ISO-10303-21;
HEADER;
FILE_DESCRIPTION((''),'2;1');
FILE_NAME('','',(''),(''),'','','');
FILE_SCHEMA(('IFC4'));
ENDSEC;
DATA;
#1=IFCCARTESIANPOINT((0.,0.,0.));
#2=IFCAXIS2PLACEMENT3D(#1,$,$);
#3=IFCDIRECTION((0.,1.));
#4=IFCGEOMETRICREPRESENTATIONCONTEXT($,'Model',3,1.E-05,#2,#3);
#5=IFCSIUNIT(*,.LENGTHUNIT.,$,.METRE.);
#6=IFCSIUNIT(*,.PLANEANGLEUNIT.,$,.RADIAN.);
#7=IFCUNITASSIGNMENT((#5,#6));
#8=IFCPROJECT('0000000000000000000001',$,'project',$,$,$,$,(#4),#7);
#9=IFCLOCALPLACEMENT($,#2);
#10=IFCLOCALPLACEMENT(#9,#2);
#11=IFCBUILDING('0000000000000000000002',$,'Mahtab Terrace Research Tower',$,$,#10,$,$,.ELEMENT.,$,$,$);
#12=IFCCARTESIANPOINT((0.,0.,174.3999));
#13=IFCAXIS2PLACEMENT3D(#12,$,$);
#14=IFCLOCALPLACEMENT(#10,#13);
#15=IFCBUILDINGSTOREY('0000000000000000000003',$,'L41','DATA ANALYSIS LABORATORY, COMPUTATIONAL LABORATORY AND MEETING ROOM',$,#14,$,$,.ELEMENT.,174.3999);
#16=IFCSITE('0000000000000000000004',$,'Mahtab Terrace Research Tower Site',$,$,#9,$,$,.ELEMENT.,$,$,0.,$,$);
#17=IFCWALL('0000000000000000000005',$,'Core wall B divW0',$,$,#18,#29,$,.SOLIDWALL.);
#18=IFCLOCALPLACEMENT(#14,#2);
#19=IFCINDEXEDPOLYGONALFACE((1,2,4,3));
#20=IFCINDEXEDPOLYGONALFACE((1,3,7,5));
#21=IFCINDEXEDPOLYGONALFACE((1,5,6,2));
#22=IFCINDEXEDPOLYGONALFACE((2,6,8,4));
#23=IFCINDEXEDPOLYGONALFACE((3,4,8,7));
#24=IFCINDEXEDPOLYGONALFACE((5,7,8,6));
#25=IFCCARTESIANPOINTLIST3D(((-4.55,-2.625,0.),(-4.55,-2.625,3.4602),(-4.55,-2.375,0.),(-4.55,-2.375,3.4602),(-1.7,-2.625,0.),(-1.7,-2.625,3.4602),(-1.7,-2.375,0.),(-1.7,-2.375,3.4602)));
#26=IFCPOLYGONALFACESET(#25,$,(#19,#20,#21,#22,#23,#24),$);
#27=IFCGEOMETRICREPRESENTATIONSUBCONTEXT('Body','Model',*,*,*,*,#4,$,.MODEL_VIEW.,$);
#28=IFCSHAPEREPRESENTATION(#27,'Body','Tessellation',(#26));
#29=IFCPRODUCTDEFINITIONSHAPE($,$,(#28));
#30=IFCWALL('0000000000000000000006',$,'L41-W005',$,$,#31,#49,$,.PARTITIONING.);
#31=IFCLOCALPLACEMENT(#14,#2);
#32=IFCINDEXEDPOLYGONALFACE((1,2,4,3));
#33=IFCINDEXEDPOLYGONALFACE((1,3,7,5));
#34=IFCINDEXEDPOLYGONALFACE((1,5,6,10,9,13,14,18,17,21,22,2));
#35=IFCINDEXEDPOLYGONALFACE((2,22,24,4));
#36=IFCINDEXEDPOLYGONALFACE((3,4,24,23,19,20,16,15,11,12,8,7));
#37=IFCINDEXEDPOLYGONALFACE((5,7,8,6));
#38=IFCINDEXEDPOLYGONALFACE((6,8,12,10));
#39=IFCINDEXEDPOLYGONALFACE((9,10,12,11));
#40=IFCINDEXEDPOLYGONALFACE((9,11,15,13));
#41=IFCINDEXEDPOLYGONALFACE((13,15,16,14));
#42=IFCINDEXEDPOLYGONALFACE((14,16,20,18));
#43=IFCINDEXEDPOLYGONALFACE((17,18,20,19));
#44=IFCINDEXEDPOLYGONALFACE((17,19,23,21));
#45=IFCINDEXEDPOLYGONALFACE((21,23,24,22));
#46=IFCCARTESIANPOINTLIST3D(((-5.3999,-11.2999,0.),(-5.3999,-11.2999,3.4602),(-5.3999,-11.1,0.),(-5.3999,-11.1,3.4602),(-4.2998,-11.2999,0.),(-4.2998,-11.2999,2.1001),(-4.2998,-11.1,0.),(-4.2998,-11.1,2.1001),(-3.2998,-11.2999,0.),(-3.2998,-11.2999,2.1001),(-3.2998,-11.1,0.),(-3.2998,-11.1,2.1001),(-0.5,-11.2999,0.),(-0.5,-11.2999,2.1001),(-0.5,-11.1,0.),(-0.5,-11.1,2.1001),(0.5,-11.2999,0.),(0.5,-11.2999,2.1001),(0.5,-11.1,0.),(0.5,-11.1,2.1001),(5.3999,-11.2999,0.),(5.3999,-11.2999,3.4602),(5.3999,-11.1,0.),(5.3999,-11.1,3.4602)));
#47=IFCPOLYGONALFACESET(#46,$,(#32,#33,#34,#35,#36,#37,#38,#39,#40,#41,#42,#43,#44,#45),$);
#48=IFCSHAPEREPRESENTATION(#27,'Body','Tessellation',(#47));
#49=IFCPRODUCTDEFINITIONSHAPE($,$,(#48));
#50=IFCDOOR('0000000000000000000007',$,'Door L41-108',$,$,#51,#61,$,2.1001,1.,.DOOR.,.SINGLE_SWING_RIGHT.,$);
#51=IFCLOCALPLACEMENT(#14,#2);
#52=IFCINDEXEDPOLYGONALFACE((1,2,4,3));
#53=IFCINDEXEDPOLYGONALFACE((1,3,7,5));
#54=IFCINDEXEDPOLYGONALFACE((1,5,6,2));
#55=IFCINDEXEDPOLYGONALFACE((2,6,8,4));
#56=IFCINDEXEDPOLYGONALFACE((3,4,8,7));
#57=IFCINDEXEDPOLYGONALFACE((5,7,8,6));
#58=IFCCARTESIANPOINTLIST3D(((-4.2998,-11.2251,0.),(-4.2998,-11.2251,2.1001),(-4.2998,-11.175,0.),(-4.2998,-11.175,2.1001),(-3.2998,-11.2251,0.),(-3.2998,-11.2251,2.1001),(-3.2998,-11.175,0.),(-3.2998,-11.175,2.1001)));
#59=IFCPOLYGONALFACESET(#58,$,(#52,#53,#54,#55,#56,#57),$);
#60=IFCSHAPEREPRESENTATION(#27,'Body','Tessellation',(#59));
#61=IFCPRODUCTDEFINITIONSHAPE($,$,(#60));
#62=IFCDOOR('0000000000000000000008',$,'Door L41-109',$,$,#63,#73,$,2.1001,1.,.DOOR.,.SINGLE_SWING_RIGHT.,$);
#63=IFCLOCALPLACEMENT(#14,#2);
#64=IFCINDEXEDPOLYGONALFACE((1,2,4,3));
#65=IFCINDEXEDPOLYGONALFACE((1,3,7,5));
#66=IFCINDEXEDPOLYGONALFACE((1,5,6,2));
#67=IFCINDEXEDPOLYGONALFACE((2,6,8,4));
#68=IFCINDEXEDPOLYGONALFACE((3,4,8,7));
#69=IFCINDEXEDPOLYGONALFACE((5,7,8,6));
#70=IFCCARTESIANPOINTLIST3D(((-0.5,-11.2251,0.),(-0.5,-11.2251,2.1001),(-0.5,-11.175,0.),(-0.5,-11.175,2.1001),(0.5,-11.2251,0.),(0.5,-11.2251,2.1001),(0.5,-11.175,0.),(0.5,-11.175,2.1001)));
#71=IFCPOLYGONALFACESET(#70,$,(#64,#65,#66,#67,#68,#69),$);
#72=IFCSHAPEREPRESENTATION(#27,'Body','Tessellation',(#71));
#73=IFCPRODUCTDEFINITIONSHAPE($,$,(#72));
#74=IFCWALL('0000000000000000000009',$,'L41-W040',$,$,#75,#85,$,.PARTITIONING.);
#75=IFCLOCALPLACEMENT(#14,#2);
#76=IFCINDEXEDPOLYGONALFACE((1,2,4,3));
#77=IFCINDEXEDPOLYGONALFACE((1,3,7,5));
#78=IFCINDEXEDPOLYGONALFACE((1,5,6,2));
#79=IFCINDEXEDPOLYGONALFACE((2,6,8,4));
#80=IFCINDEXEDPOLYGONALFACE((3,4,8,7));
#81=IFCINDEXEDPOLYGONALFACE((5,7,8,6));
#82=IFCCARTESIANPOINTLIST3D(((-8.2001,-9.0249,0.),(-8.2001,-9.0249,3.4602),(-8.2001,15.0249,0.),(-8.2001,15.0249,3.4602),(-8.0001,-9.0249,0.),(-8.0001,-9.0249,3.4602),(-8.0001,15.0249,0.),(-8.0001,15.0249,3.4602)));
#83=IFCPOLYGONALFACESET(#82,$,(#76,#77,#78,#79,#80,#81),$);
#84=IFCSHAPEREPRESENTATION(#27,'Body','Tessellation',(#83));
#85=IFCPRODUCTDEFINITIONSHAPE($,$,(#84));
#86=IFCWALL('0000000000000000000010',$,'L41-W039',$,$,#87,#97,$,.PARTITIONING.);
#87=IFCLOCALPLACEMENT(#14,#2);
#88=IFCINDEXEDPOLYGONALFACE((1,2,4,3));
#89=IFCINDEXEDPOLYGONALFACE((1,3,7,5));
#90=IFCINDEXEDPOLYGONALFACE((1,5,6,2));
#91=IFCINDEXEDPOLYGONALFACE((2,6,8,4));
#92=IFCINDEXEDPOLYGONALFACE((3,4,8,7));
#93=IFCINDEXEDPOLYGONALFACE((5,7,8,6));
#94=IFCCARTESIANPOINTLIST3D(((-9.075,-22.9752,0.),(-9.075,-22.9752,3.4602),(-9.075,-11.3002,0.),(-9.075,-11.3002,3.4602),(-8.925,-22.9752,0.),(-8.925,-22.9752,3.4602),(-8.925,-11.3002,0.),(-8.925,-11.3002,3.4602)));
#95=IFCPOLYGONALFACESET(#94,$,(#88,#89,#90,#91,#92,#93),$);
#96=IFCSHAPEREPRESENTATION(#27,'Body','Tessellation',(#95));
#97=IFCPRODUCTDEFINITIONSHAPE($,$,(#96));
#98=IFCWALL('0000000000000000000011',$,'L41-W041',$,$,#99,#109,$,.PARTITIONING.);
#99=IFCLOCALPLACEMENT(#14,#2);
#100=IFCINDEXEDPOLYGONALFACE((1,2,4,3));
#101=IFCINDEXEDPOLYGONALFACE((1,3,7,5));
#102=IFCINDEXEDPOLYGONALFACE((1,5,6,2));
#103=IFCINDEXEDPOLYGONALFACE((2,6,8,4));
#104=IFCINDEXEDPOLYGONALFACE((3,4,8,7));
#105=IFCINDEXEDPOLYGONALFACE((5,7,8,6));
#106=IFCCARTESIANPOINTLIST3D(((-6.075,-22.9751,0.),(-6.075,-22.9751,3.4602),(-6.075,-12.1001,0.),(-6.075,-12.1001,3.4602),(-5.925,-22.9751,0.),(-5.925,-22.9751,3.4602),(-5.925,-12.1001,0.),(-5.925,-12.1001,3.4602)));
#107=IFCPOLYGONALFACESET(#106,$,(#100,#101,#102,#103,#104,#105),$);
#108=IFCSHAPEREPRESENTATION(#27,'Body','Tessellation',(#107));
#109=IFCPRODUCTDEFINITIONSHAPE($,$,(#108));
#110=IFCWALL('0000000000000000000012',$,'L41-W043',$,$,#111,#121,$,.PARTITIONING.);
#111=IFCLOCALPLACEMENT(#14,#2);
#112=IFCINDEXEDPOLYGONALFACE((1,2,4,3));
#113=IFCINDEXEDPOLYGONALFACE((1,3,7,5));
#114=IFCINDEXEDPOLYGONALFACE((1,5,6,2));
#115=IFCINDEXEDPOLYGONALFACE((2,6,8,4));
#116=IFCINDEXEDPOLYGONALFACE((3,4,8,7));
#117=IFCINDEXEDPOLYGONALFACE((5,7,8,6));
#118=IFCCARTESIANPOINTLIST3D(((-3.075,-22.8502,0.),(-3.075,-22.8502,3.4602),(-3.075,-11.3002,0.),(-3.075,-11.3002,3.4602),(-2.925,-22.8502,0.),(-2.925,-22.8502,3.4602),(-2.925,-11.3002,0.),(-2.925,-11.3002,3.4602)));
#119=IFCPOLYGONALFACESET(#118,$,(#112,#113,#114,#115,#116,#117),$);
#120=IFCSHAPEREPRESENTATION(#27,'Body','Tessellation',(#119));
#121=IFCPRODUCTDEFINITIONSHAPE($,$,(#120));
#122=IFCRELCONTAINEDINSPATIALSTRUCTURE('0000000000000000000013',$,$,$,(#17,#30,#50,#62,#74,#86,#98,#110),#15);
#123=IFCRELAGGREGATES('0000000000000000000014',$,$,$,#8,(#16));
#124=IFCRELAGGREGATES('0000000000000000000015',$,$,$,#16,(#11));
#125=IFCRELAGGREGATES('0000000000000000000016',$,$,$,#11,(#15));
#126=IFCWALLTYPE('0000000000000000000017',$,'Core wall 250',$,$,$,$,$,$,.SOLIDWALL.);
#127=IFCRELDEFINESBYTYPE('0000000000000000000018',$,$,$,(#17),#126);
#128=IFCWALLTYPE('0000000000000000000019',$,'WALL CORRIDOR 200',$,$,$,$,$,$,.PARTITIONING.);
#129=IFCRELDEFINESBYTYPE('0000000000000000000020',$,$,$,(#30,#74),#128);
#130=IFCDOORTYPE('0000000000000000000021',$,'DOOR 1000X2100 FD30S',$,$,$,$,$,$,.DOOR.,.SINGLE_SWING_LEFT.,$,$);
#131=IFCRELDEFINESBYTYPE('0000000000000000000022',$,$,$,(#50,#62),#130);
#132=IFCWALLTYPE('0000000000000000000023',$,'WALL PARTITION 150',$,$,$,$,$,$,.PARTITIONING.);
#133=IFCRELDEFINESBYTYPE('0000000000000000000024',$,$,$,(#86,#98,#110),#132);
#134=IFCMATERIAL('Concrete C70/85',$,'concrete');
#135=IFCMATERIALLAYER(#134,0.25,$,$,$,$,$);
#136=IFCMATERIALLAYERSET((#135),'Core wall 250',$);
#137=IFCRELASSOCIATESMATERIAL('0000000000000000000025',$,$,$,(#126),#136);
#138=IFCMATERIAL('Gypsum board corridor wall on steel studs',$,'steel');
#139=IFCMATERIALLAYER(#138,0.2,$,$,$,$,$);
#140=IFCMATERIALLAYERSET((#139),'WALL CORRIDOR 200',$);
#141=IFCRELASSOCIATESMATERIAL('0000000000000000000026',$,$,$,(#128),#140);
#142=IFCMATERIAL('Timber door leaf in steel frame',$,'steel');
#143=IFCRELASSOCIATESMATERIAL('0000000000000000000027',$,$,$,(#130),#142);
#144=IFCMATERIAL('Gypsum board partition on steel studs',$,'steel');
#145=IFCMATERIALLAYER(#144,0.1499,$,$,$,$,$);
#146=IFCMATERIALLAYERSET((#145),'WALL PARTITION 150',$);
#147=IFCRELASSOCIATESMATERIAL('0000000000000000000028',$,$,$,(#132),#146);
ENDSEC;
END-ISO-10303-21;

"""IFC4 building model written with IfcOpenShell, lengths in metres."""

from ifc_helpers import new_model, si_unit, direction, frame, frame_2d, origin, place, context, subcontext, project, spatial, rectangle, extrude, material, layer, layer_set, type_object, element, fill, save


model = new_model("IFC4")

# Units and contexts
model_context = context("Model", 3, precision=1e-05, world=origin(), true_north=direction((0.0, 1.0)))
body_context = subcontext(model_context, "Body", "Model", "MODEL_VIEW")
ifc_project = project(units=[si_unit("LENGTHUNIT", "METRE"), si_unit("PLANEANGLEUNIT", "RADIAN")], contexts=[model_context])

# Site, building, storey
site_placement = place(None, origin())
site = spatial("IfcSite", under=ifc_project, at=site_placement, Name="Mahtab Terrace Research Tower Site", CompositionType="ELEMENT", RefElevation=0.0)
building_placement = place(site_placement, origin())
building = spatial("IfcBuilding", under=site, at=building_placement, Name="Mahtab Terrace Research Tower", CompositionType="ELEMENT")
storey_placement = place(building_placement, frame((0.0, 0.0, 174.3999)))
storey = spatial("IfcBuildingStorey", under=building, at=storey_placement, Name="L41", Description="DATA ANALYSIS LABORATORY, COMPUTATIONAL LABORATORY AND MEETING ROOM", CompositionType="ELEMENT", Elevation=174.3999)

# Shared definitions
ifc_material_1 = material(Name="Concrete C70/85", Category="concrete")

# Shared definitions
ifc_layer_1 = layer(ifc_material_1, 0.25)
ifc_layer_set_1 = layer_set([ifc_layer_1], Name="Core wall 250")
wall_type_1 = type_object("IfcWallType", Name="Core wall 250", PredefinedType="SOLIDWALL", material=ifc_layer_set_1)

# Wall
wall_1_placement = place(storey_placement, frame((-4.55, -2.5, 0.0), z_axis=(0.0, 0.0, 1.0), x_axis=(1.0, 0.0, 0.0)))
element("IfcWall", 1, at=wall_1_placement, inside=storey, type_object=wall_type_1, Name="Core wall B divW0", PredefinedType="SOLIDWALL", context=body_context, shape_type="SweptSolid", body=[
    extrude(rectangle(XDim=2.8501, YDim=0.25, at=frame_2d((1.425, 0.0))), origin(), (0.0, 0.0, 1.0), 3.4602),
])

# Wall, openings, doors
ifc_material_2 = material(Name="Gypsum board corridor wall on steel studs", Category="steel")
ifc_layer_2 = layer(ifc_material_2, 0.2)
ifc_layer_set_2 = layer_set([ifc_layer_2], Name="WALL CORRIDOR 200")
wall_type_2 = type_object("IfcWallType", Name="WALL CORRIDOR 200", PredefinedType="PARTITIONING", material=ifc_layer_set_2)
wall_2_placement = place(storey_placement, frame((-5.3999, -11.2, 0.0), z_axis=(0.0, 0.0, 1.0), x_axis=(1.0, 0.0, 0.0)))
wall_2 = element("IfcWall", 2, at=wall_2_placement, inside=storey, type_object=wall_type_2, Name="L41-W005", PredefinedType="PARTITIONING", context=body_context, shape_type="SweptSolid", body=[
    extrude(rectangle(XDim=10.7998, YDim=0.2, at=frame_2d((5.3999, 0.0))), origin(), (0.0, 0.0, 1.0), 3.4602),
])
opening_1_placement = place(wall_2_placement, frame((1.1001, 0.0, 0.0)))
opening_1 = element("IfcOpeningElement", 3, at=opening_1_placement, cuts=wall_2, PredefinedType="OPENING", context=body_context, shape_type="SweptSolid", body=[
    extrude(rectangle(XDim=1.0, YDim=2.1001, at=frame_2d((0.5, 1.05))), frame((0.0, 0.1099, 0.0), z_axis=(0.0, -1.0, 0.0), x_axis=(1.0, 0.0, 0.0)), (0.0, 0.0, 1.0), 0.22),
])
opening_2_placement = place(wall_2_placement, frame((4.8999, 0.0, 0.0)))
opening_2 = element("IfcOpeningElement", 4, at=opening_2_placement, cuts=wall_2, PredefinedType="OPENING", context=body_context, shape_type="SweptSolid", body=[
    extrude(rectangle(XDim=1.0, YDim=2.1001, at=frame_2d((0.5, 1.05))), frame((0.0, 0.1099, 0.0), z_axis=(0.0, -1.0, 0.0), x_axis=(1.0, 0.0, 0.0)), (0.0, 0.0, 1.0), 0.22),
])
ifc_material_3 = material(Name="Timber door leaf in steel frame", Category="steel")
door_type_1 = type_object("IfcDoorType", Name="DOOR 1000X2100 FD30S", OperationType="SINGLE_SWING_LEFT", PredefinedType="DOOR", material=ifc_material_3)
door_1_placement = place(opening_1_placement, origin())
door_1 = element("IfcDoor", 5, at=door_1_placement, inside=storey, type_object=door_type_1, Name="Door L41-108", OperationType="SINGLE_SWING_RIGHT", OverallHeight=2.1001, OverallWidth=1.0, PredefinedType="DOOR", context=body_context, shape_type="SweptSolid", body=[
    extrude(rectangle(XDim=1.0, YDim=2.1001, at=frame_2d((0.5, 1.05))), frame((0.0, 0.0249, 0.0), z_axis=(0.0, -1.0, 0.0), x_axis=(1.0, 0.0, 0.0)), (0.0, 0.0, 1.0), 0.05),
])
fill(opening_1, door_1)
door_2_placement = place(opening_2_placement, origin())
door_2 = element("IfcDoor", 6, at=door_2_placement, inside=storey, type_object=door_type_1, Name="Door L41-109", OperationType="SINGLE_SWING_RIGHT", OverallHeight=2.1001, OverallWidth=1.0, PredefinedType="DOOR", context=body_context, shape_type="SweptSolid", body=[
    extrude(rectangle(XDim=1.0, YDim=2.1001, at=frame_2d((0.5, 1.05))), frame((0.0, 0.0249, 0.0), z_axis=(0.0, -1.0, 0.0), x_axis=(1.0, 0.0, 0.0)), (0.0, 0.0, 1.0), 0.05),
])
fill(opening_2, door_2)

# Walls
wall_3_placement = place(storey_placement, frame((-8.1001, -9.0249, 0.0), z_axis=(0.0, 0.0, 1.0), x_axis=(0.0, 1.0, 0.0)))
element("IfcWall", 7, at=wall_3_placement, inside=storey, type_object=wall_type_2, Name="L41-W040", PredefinedType="PARTITIONING", context=body_context, shape_type="SweptSolid", body=[
    extrude(rectangle(XDim=24.0498, YDim=0.2, at=frame_2d((12.0249, 0.0))), origin(), (0.0, 0.0, 1.0), 3.4602),
])
ifc_material_4 = material(Name="Gypsum board partition on steel studs", Category="steel")
ifc_layer_3 = layer(ifc_material_4, 0.1499)
ifc_layer_set_3 = layer_set([ifc_layer_3], Name="WALL PARTITION 150")
wall_type_3 = type_object("IfcWallType", Name="WALL PARTITION 150", PredefinedType="PARTITIONING", material=ifc_layer_set_3)
wall_4_placement = place(storey_placement, frame((-9.0, -22.9751, 0.0), z_axis=(0.0, 0.0, 1.0), x_axis=(0.0, 1.0, 0.0)))
element("IfcWall", 8, at=wall_4_placement, inside=storey, type_object=wall_type_3, Name="L41-W039", PredefinedType="PARTITIONING", context=body_context, shape_type="SweptSolid", body=[
    extrude(rectangle(XDim=11.675, YDim=0.1499, at=frame_2d((5.8374, 0.0))), origin(), (0.0, 0.0, 1.0), 3.4602),
])
wall_5_placement = place(storey_placement, frame((-6.0, -22.9751, 0.0), z_axis=(0.0, 0.0, 1.0), x_axis=(0.0, 1.0, 0.0)))
element("IfcWall", 9, at=wall_5_placement, inside=storey, type_object=wall_type_3, Name="L41-W041", PredefinedType="PARTITIONING", context=body_context, shape_type="SweptSolid", body=[
    extrude(rectangle(XDim=10.875, YDim=0.1499, at=frame_2d((5.4375, 0.0))), origin(), (0.0, 0.0, 1.0), 3.4602),
])
wall_6_placement = place(storey_placement, frame((-3.0, -22.8501, 0.0), z_axis=(0.0, 0.0, 1.0), x_axis=(0.0, 1.0, 0.0)))
element("IfcWall", 10, at=wall_6_placement, inside=storey, type_object=wall_type_3, Name="L41-W043", PredefinedType="PARTITIONING", context=body_context, shape_type="SweptSolid", body=[
    extrude(rectangle(XDim=11.55, YDim=0.1499, at=frame_2d((5.7749, 0.0))), origin(), (0.0, 0.0, 1.0), 3.4602),
])

save(model, "model.ifc")
